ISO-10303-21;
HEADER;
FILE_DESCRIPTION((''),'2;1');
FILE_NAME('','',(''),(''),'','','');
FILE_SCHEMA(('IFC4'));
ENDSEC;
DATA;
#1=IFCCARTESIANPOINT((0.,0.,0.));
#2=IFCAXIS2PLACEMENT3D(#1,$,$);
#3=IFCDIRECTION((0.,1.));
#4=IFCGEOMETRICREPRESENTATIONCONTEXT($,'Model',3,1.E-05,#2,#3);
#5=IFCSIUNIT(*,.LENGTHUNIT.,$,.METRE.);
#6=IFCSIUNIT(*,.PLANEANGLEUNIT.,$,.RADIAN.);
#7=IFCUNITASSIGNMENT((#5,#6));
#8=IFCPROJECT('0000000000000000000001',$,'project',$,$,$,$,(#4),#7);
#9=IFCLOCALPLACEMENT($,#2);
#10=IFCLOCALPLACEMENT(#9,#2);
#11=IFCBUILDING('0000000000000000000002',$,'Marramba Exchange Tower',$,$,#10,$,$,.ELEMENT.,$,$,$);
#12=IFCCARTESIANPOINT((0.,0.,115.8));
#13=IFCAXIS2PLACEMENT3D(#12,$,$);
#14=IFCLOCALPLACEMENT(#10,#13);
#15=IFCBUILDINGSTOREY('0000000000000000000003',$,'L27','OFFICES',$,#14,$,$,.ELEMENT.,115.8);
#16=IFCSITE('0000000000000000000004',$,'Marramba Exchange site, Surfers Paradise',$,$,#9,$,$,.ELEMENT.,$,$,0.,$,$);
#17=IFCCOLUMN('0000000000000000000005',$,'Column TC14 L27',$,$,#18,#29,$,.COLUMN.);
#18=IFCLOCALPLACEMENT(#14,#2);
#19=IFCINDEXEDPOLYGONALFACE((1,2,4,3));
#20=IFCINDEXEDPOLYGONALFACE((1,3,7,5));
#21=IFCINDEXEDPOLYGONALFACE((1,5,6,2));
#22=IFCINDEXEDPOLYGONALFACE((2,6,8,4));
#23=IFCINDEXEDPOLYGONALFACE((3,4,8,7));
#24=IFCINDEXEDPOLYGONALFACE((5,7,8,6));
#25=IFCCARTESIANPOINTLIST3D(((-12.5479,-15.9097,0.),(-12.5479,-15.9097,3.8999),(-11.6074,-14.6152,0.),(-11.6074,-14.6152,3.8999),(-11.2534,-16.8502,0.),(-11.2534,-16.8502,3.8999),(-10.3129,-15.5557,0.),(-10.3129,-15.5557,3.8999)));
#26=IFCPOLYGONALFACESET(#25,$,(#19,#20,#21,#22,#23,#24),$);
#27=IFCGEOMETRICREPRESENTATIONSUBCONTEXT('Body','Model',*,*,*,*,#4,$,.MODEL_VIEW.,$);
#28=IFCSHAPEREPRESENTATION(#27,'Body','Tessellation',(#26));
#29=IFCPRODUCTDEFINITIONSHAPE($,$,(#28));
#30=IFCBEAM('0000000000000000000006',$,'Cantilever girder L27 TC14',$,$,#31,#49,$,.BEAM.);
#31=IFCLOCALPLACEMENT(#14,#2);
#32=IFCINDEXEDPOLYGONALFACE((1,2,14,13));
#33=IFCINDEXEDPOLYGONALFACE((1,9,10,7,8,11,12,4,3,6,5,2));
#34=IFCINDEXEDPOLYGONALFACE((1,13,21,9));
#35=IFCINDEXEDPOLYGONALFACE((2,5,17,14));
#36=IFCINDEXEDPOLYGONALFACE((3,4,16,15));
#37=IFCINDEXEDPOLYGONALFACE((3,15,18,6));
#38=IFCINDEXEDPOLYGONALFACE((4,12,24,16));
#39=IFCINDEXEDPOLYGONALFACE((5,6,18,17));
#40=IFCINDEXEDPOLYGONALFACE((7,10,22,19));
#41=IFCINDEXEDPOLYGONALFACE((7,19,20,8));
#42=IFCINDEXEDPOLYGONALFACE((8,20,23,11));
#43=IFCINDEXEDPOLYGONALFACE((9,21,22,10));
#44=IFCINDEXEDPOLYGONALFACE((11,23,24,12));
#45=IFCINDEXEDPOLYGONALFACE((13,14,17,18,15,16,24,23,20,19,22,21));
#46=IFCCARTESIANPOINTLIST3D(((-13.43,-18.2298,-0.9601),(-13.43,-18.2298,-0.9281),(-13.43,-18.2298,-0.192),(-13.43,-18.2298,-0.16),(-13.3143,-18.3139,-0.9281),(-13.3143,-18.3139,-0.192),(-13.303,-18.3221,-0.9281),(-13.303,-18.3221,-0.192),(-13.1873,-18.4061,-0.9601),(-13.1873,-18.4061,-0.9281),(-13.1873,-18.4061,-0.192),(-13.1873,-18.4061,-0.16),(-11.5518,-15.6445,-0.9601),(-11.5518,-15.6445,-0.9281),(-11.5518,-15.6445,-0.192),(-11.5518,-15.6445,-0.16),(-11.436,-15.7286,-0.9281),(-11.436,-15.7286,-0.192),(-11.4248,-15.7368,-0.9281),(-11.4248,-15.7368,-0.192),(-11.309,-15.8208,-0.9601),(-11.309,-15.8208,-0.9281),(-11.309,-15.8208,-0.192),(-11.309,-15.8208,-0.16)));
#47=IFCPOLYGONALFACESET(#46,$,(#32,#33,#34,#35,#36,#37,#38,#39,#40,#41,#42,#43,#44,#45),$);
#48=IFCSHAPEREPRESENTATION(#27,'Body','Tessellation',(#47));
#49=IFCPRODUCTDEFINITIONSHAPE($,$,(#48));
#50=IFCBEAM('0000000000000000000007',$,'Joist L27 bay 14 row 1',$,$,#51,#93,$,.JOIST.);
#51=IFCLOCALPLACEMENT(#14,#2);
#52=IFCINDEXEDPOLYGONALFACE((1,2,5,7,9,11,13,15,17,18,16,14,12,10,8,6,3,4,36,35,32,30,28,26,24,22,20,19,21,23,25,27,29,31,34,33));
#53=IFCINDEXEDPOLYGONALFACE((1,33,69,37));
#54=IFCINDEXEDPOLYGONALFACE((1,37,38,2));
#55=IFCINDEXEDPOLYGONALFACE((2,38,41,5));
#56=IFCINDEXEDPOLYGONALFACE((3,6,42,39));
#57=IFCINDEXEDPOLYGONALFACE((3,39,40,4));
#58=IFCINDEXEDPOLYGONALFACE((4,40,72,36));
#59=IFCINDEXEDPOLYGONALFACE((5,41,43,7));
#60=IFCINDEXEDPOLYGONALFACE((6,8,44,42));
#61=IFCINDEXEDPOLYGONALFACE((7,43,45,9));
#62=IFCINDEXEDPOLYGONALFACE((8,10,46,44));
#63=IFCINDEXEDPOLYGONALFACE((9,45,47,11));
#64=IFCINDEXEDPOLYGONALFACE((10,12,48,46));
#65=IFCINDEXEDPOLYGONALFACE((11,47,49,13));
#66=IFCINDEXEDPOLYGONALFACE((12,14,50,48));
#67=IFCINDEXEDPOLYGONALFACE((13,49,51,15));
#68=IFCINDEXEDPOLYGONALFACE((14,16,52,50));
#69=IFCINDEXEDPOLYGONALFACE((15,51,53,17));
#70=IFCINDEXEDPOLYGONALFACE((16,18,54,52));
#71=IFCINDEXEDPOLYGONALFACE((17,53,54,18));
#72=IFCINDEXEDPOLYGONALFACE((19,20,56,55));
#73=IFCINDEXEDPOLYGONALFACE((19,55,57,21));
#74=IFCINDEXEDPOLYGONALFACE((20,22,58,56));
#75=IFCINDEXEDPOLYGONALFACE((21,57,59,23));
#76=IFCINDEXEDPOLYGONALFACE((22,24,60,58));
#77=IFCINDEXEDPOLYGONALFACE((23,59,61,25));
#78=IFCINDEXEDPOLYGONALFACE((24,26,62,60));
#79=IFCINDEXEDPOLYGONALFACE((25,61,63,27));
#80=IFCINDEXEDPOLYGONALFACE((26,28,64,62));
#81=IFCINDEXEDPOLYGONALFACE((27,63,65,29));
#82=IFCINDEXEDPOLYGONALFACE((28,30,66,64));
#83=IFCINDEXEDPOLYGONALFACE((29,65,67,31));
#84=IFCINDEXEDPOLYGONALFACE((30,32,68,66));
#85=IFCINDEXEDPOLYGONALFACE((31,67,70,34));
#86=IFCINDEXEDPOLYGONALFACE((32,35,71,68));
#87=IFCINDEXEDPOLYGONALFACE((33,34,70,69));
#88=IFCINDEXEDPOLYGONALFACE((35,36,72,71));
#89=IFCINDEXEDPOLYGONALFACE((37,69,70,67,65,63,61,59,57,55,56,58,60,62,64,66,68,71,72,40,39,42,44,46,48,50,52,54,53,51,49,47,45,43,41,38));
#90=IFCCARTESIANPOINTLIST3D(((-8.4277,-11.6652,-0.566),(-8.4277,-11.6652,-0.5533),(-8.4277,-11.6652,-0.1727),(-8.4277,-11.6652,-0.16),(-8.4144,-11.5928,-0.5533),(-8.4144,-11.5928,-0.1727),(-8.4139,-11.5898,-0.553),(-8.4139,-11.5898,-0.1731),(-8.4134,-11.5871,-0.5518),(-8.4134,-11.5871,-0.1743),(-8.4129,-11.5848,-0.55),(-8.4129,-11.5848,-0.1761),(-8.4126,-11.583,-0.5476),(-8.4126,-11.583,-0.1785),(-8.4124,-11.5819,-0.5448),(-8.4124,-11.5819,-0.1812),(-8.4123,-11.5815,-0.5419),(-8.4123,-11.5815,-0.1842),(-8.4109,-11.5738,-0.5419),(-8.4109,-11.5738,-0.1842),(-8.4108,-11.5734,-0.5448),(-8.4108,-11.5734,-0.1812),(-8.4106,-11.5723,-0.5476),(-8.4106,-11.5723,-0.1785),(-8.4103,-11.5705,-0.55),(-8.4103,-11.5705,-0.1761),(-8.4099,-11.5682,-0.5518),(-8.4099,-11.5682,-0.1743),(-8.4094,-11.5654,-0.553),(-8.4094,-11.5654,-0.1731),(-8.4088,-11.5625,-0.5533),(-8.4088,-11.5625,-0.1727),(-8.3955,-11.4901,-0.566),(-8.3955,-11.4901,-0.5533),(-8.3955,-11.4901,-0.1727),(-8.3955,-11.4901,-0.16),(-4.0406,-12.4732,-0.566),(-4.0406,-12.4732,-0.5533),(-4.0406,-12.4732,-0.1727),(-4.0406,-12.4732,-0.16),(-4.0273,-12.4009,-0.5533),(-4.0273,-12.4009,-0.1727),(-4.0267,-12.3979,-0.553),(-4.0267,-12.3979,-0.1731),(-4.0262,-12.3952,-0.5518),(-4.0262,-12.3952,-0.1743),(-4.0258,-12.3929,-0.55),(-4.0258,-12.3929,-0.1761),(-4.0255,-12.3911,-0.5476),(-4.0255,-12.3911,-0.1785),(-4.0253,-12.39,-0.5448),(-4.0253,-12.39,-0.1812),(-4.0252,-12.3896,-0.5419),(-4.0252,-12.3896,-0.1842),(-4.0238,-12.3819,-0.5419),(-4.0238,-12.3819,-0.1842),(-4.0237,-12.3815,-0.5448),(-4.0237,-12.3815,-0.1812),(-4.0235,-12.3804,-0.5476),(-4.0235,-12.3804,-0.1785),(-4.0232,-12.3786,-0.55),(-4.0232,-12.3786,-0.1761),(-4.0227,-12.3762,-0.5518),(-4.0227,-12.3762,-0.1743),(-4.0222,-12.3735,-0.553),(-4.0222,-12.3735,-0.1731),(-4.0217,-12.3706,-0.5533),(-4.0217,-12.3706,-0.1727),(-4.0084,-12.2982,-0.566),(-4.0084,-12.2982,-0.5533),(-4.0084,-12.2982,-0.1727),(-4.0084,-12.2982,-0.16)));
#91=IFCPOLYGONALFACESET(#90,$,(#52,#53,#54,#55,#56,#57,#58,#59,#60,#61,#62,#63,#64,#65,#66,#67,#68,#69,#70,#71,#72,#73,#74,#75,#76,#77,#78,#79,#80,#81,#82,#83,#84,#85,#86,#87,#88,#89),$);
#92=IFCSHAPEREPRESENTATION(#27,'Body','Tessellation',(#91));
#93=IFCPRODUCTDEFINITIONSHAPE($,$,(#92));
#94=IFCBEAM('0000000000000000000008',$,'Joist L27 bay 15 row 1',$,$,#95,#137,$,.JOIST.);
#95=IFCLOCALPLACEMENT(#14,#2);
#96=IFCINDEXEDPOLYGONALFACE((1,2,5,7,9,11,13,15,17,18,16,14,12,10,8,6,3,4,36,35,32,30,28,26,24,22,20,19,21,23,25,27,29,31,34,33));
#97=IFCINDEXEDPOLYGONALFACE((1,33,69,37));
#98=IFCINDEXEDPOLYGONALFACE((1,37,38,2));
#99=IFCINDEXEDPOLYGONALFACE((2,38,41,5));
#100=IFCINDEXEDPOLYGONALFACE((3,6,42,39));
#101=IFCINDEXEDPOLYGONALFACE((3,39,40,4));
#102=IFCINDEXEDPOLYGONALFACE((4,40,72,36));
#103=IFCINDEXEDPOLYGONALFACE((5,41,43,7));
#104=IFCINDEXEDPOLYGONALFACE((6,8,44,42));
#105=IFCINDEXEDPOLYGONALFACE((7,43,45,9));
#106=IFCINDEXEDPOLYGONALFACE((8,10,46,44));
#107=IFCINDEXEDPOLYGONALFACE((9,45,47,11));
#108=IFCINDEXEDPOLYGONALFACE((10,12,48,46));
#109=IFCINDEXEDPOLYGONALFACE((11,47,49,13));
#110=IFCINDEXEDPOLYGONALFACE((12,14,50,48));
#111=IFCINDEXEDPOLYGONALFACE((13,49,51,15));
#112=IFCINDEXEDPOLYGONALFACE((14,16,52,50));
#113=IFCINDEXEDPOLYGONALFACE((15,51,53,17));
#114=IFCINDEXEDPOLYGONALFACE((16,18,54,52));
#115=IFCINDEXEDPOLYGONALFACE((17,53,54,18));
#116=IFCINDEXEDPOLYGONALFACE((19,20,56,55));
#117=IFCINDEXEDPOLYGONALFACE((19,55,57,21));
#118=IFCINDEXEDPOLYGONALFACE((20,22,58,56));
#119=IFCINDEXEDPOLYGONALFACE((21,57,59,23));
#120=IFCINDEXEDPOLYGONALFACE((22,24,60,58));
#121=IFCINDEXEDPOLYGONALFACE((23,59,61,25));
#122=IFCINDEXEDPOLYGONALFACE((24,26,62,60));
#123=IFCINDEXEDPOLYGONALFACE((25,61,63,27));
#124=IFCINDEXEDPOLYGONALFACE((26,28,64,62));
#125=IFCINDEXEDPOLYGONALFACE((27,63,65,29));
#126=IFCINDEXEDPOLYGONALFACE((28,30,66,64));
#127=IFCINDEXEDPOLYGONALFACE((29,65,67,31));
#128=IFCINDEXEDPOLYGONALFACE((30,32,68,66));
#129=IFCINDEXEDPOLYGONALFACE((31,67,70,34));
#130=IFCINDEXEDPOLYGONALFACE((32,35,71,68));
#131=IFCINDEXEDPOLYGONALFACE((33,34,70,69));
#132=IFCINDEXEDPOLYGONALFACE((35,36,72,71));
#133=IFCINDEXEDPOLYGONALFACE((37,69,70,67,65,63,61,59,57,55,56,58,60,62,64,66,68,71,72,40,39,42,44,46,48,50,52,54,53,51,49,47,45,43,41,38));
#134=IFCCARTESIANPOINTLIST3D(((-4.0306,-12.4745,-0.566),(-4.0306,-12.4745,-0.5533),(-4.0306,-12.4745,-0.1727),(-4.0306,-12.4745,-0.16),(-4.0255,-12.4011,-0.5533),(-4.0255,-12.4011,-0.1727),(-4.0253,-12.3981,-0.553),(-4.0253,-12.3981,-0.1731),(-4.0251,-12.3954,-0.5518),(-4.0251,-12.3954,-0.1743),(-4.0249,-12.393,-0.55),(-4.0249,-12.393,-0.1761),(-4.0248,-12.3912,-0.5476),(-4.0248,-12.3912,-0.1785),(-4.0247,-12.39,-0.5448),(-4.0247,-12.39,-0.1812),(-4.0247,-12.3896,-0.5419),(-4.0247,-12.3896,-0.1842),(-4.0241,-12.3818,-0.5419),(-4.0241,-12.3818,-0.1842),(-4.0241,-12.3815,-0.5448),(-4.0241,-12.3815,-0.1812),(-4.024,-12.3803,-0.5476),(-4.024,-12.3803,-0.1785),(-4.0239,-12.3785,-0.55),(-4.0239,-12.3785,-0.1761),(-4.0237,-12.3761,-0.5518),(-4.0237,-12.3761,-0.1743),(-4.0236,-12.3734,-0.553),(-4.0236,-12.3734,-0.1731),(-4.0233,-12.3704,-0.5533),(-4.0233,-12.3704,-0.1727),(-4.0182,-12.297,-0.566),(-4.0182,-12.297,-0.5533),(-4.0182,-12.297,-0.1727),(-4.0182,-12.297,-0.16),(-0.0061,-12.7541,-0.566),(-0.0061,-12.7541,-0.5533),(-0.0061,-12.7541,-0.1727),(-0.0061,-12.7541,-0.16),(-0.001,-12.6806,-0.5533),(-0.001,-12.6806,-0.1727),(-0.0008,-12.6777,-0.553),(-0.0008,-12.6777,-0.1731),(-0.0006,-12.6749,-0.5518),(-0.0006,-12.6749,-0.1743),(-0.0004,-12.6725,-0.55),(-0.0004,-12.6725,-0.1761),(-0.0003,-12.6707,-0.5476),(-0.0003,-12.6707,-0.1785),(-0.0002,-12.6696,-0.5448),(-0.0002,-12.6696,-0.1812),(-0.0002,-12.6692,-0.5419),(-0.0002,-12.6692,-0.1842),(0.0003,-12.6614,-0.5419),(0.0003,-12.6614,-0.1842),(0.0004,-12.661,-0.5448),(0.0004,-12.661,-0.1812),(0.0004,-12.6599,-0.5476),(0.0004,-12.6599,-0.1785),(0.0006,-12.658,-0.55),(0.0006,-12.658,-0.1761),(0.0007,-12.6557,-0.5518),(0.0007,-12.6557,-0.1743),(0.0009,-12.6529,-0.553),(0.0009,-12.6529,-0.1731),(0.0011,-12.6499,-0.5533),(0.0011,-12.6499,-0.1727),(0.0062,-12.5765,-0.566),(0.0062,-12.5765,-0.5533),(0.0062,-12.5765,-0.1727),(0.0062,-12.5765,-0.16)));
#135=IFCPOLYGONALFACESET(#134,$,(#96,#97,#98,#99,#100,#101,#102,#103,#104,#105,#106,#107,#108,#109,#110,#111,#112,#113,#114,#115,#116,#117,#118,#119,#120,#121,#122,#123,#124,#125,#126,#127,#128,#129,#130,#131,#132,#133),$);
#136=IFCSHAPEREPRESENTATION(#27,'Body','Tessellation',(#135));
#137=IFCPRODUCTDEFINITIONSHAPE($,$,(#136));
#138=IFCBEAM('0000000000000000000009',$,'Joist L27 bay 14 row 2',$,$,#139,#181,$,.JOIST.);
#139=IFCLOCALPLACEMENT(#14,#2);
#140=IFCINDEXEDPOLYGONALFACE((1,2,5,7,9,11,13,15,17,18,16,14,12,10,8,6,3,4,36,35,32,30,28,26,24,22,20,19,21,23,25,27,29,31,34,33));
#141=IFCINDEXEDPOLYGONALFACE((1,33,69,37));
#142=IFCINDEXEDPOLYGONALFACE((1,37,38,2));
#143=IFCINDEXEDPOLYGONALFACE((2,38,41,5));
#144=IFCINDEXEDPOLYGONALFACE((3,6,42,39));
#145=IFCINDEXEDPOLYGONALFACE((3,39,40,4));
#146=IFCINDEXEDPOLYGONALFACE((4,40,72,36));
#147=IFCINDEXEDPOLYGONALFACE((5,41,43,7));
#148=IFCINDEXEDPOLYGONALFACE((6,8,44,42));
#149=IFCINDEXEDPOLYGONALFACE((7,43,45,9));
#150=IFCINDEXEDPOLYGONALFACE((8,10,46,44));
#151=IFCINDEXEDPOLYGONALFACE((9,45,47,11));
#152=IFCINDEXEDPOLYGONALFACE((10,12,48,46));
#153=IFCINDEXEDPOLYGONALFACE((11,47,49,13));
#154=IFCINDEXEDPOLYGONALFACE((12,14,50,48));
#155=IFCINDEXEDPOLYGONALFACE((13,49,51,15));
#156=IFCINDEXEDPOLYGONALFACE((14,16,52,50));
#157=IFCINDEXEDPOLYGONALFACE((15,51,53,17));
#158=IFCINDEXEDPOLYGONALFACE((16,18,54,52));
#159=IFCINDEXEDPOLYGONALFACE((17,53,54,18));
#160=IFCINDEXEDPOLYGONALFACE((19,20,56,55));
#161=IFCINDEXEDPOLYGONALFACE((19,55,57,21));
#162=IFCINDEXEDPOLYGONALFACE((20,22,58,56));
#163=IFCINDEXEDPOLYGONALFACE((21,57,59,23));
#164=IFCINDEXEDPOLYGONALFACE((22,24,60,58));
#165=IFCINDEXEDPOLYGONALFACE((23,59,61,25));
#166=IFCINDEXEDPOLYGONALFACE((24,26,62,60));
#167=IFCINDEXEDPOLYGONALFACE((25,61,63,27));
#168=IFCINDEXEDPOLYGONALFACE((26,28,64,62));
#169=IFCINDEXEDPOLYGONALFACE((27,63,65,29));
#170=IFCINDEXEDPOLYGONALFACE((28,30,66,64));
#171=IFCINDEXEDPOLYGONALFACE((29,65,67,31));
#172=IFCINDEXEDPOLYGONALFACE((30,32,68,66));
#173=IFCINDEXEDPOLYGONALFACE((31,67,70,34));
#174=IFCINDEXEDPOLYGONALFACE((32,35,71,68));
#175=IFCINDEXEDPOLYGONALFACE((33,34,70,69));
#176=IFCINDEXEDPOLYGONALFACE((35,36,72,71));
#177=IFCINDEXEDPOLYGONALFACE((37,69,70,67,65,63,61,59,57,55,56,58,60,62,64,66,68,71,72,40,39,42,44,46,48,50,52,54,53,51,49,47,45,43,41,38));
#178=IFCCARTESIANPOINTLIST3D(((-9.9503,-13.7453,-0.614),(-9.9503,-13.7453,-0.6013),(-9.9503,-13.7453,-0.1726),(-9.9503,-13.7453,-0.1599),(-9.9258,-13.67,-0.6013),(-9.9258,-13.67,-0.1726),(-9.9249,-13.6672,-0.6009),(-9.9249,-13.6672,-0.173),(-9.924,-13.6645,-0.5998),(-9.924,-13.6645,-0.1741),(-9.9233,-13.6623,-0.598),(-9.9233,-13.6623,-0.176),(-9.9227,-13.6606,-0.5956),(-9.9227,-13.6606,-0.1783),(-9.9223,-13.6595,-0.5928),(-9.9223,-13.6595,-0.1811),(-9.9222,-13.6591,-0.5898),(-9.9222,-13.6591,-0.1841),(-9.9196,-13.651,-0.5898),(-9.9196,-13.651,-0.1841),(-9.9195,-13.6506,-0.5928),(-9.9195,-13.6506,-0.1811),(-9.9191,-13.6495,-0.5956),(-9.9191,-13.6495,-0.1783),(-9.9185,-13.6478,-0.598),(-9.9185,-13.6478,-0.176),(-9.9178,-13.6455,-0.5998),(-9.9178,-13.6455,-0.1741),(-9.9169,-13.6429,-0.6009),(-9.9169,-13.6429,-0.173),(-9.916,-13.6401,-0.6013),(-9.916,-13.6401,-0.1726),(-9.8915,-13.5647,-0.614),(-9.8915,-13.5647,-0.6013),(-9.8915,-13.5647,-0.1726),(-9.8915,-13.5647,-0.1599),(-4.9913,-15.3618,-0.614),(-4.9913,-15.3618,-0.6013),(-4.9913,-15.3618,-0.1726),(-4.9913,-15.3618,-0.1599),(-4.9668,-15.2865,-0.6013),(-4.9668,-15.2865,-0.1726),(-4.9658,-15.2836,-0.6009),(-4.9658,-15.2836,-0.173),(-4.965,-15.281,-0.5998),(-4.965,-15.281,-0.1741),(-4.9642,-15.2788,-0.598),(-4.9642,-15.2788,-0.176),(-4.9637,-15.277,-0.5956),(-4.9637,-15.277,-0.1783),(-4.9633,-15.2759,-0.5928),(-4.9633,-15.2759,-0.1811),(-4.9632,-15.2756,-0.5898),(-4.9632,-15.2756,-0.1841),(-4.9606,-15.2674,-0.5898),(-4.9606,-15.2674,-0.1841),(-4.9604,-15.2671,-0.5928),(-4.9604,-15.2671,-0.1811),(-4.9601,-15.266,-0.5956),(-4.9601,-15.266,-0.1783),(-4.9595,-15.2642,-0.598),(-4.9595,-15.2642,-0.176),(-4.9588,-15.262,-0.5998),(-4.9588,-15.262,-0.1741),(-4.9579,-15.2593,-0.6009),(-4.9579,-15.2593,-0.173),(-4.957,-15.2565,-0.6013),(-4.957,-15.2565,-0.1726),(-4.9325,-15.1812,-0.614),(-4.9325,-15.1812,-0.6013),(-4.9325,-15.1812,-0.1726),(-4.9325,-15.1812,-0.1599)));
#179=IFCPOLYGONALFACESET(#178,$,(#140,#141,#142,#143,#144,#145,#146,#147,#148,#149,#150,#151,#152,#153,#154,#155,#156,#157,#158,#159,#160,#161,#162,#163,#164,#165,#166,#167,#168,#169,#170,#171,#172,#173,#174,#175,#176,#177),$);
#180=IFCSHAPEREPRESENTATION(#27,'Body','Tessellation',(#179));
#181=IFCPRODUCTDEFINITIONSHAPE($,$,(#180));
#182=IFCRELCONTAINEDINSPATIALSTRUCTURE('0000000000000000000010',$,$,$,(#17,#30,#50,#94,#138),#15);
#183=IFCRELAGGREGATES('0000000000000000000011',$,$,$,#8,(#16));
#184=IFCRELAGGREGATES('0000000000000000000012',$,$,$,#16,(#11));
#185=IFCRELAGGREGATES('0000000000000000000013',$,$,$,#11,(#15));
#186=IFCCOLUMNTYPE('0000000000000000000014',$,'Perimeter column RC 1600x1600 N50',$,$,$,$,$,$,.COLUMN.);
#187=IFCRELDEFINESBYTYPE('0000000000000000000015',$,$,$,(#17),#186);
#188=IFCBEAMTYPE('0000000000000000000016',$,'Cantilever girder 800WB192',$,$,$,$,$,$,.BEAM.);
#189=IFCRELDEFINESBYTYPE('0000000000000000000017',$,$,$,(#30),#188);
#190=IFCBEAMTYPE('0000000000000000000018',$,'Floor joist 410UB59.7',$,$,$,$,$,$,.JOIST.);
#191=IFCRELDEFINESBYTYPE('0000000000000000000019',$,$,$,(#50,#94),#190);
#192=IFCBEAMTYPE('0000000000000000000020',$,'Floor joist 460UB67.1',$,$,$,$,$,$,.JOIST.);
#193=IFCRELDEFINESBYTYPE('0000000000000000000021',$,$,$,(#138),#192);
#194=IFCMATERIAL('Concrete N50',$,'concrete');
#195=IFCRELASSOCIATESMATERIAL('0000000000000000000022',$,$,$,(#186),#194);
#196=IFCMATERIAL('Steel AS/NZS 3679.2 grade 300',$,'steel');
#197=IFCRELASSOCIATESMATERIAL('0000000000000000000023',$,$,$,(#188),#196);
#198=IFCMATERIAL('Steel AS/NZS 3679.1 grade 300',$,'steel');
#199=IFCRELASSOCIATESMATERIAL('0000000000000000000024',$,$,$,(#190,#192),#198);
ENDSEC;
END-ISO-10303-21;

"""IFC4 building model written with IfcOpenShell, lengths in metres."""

from ifc_helpers import new_model, si_unit, direction, frame, origin, origin_2d, place, context, subcontext, project, spatial, rectangle, i_section, extrude, material, material_profile, profile_set, type_object, element, save


model = new_model("IFC4")

# Units and contexts
model_context = context("Model", 3, precision=1e-05, world=origin(), true_north=direction((0.0, 1.0)))
body_context = subcontext(model_context, "Body", "Model", "MODEL_VIEW")
ifc_project = project(units=[si_unit("LENGTHUNIT", "METRE"), si_unit("PLANEANGLEUNIT", "RADIAN")], contexts=[model_context])

# Site, building, storey
site_placement = place(None, origin())
site = spatial("IfcSite", under=ifc_project, at=site_placement, Name="Marramba Exchange site, Surfers Paradise", CompositionType="ELEMENT", RefElevation=0.0)
building_placement = place(site_placement, origin())
building = spatial("IfcBuilding", under=site, at=building_placement, Name="Marramba Exchange Tower", CompositionType="ELEMENT")
storey_placement = place(building_placement, frame((0.0, 0.0, 115.8)))
storey = spatial("IfcBuildingStorey", under=building, at=storey_placement, Name="L27", Description="OFFICES", CompositionType="ELEMENT", Elevation=115.8)

# Column
ifc_material_1 = material(Name="Concrete N50", Category="concrete")
ifc_material_profile_1 = material_profile(ifc_material_1, rectangle(XDim=1.6001, YDim=1.6001, at=origin_2d()), Name="RC 1600x1600")
ifc_profile_set_1 = profile_set([ifc_material_profile_1], Name="Concrete N50")
column_type = type_object("IfcColumnType", Name="Perimeter column RC 1600x1600 N50", PredefinedType="COLUMN", material=ifc_profile_set_1)
column_placement = place(storey_placement, frame((-11.4304, -15.7327, 0.0), z_axis=(0.0, 0.0, 1.0), x_axis=(-0.587785, -0.809017, 0.0)))
element("IfcColumn", 1, at=column_placement, inside=storey, type_object=column_type, Name="Column TC14 L27", PredefinedType="COLUMN", context=body_context, shape_type="SweptSolid", body=[
    extrude(rectangle(XDim=1.6001, YDim=1.6001, at=origin_2d()), origin(), (0.0, 0.0, 1.0), 3.8999),
])

# Beams
ifc_material_2 = material(Name="Steel AS/NZS 3679.2 grade 300", Category="steel")
ifc_material_profile_2 = material_profile(ifc_material_2, i_section(OverallWidth=0.3, OverallDepth=0.8, WebThickness=0.0139, FlangeThickness=0.032, at=origin_2d()), Name="800WB192")
ifc_profile_set_2 = profile_set([ifc_material_profile_2], Name="Steel AS/NZS 3679.2 grade 300")
beam_type_1 = type_object("IfcBeamType", Name="Cantilever girder 800WB192", PredefinedType="BEAM", material=ifc_profile_set_2)
beam_1_placement = place(storey_placement, frame((-11.4304, -15.7327, -0.5601), z_axis=(-0.587767, -0.80903, 0.0), x_axis=(0.80903, -0.587767, 0.0)))
element("IfcBeam", 2, at=beam_1_placement, inside=storey, type_object=beam_type_1, Name="Cantilever girder L27 TC14", PredefinedType="BEAM", context=body_context, shape_type="SweptSolid", body=[
    extrude(i_section(OverallWidth=0.3, OverallDepth=0.8, WebThickness=0.0139, FlangeThickness=0.032, at=origin_2d()), origin(), (0.0, 0.0, 1.0), 3.1956),
])
ifc_material_3 = material(Name="Steel AS/NZS 3679.1 grade 300", Category="steel")
ifc_material_profile_3 = material_profile(ifc_material_3, i_section(OverallWidth=0.178, OverallDepth=0.406, WebThickness=0.0078, FlangeThickness=0.0127, FilletRadius=0.0115, at=origin_2d()), Name="410UB59.7")
ifc_profile_set_3 = profile_set([ifc_material_profile_3], Name="Steel AS/NZS 3679.1 grade 300")
beam_type_2 = type_object("IfcBeamType", Name="Floor joist 410UB59.7", PredefinedType="JOIST", material=ifc_profile_set_3)
beam_2_placement = place(storey_placement, frame((-8.4116, -11.5776, -0.363), z_axis=(0.983456, -0.181149, 0.0), x_axis=(0.181149, 0.983456, 0.0)))
element("IfcBeam", 3, at=beam_2_placement, inside=storey, type_object=beam_type_2, Name="Joist L27 bay 14 row 1", PredefinedType="JOIST", context=body_context, shape_type="SweptSolid", body=[
    extrude(i_section(OverallWidth=0.178, OverallDepth=0.406, WebThickness=0.0078, FlangeThickness=0.0127, FilletRadius=0.0115, at=origin_2d()), origin(), (0.0, 0.0, 1.0), 4.4609),
])
beam_3_placement = place(storey_placement, frame((-4.0244, -12.3857, -0.363), z_axis=(0.997596, -0.069294, 0.0), x_axis=(0.069294, 0.997596, 0.0)))
element("IfcBeam", 4, at=beam_3_placement, inside=storey, type_object=beam_type_2, Name="Joist L27 bay 15 row 1", PredefinedType="JOIST", context=body_context, shape_type="SweptSolid", body=[
    extrude(i_section(OverallWidth=0.178, OverallDepth=0.406, WebThickness=0.0078, FlangeThickness=0.0127, FilletRadius=0.0115, at=origin_2d()), origin(), (0.0, 0.0, 1.0), 4.0342),
])
ifc_material_profile_4 = material_profile(ifc_material_3, i_section(OverallWidth=0.1899, OverallDepth=0.4541, WebThickness=0.0085, FlangeThickness=0.0127, FilletRadius=0.0115, at=origin_2d()), Name="460UB67.1")
ifc_profile_set_4 = profile_set([ifc_material_profile_4], Name="Steel AS/NZS 3679.1 grade 300")
beam_type_3 = type_object("IfcBeamType", Name="Floor joist 460UB67.1", PredefinedType="JOIST", material=ifc_profile_set_4)
beam_4_placement = place(storey_placement, frame((-9.9209, -13.655, -0.387), z_axis=(0.950764, -0.309916, 0.0), x_axis=(0.309916, 0.950764, 0.0)))
element("IfcBeam", 5, at=beam_4_placement, inside=storey, type_object=beam_type_3, Name="Joist L27 bay 14 row 2", PredefinedType="JOIST", context=body_context, shape_type="SweptSolid", body=[
    extrude(i_section(OverallWidth=0.1899, OverallDepth=0.4541, WebThickness=0.0085, FlangeThickness=0.0127, FilletRadius=0.0115, at=origin_2d()), origin(), (0.0, 0.0, 1.0), 5.2158),
])

save(model, "model.ifc")
